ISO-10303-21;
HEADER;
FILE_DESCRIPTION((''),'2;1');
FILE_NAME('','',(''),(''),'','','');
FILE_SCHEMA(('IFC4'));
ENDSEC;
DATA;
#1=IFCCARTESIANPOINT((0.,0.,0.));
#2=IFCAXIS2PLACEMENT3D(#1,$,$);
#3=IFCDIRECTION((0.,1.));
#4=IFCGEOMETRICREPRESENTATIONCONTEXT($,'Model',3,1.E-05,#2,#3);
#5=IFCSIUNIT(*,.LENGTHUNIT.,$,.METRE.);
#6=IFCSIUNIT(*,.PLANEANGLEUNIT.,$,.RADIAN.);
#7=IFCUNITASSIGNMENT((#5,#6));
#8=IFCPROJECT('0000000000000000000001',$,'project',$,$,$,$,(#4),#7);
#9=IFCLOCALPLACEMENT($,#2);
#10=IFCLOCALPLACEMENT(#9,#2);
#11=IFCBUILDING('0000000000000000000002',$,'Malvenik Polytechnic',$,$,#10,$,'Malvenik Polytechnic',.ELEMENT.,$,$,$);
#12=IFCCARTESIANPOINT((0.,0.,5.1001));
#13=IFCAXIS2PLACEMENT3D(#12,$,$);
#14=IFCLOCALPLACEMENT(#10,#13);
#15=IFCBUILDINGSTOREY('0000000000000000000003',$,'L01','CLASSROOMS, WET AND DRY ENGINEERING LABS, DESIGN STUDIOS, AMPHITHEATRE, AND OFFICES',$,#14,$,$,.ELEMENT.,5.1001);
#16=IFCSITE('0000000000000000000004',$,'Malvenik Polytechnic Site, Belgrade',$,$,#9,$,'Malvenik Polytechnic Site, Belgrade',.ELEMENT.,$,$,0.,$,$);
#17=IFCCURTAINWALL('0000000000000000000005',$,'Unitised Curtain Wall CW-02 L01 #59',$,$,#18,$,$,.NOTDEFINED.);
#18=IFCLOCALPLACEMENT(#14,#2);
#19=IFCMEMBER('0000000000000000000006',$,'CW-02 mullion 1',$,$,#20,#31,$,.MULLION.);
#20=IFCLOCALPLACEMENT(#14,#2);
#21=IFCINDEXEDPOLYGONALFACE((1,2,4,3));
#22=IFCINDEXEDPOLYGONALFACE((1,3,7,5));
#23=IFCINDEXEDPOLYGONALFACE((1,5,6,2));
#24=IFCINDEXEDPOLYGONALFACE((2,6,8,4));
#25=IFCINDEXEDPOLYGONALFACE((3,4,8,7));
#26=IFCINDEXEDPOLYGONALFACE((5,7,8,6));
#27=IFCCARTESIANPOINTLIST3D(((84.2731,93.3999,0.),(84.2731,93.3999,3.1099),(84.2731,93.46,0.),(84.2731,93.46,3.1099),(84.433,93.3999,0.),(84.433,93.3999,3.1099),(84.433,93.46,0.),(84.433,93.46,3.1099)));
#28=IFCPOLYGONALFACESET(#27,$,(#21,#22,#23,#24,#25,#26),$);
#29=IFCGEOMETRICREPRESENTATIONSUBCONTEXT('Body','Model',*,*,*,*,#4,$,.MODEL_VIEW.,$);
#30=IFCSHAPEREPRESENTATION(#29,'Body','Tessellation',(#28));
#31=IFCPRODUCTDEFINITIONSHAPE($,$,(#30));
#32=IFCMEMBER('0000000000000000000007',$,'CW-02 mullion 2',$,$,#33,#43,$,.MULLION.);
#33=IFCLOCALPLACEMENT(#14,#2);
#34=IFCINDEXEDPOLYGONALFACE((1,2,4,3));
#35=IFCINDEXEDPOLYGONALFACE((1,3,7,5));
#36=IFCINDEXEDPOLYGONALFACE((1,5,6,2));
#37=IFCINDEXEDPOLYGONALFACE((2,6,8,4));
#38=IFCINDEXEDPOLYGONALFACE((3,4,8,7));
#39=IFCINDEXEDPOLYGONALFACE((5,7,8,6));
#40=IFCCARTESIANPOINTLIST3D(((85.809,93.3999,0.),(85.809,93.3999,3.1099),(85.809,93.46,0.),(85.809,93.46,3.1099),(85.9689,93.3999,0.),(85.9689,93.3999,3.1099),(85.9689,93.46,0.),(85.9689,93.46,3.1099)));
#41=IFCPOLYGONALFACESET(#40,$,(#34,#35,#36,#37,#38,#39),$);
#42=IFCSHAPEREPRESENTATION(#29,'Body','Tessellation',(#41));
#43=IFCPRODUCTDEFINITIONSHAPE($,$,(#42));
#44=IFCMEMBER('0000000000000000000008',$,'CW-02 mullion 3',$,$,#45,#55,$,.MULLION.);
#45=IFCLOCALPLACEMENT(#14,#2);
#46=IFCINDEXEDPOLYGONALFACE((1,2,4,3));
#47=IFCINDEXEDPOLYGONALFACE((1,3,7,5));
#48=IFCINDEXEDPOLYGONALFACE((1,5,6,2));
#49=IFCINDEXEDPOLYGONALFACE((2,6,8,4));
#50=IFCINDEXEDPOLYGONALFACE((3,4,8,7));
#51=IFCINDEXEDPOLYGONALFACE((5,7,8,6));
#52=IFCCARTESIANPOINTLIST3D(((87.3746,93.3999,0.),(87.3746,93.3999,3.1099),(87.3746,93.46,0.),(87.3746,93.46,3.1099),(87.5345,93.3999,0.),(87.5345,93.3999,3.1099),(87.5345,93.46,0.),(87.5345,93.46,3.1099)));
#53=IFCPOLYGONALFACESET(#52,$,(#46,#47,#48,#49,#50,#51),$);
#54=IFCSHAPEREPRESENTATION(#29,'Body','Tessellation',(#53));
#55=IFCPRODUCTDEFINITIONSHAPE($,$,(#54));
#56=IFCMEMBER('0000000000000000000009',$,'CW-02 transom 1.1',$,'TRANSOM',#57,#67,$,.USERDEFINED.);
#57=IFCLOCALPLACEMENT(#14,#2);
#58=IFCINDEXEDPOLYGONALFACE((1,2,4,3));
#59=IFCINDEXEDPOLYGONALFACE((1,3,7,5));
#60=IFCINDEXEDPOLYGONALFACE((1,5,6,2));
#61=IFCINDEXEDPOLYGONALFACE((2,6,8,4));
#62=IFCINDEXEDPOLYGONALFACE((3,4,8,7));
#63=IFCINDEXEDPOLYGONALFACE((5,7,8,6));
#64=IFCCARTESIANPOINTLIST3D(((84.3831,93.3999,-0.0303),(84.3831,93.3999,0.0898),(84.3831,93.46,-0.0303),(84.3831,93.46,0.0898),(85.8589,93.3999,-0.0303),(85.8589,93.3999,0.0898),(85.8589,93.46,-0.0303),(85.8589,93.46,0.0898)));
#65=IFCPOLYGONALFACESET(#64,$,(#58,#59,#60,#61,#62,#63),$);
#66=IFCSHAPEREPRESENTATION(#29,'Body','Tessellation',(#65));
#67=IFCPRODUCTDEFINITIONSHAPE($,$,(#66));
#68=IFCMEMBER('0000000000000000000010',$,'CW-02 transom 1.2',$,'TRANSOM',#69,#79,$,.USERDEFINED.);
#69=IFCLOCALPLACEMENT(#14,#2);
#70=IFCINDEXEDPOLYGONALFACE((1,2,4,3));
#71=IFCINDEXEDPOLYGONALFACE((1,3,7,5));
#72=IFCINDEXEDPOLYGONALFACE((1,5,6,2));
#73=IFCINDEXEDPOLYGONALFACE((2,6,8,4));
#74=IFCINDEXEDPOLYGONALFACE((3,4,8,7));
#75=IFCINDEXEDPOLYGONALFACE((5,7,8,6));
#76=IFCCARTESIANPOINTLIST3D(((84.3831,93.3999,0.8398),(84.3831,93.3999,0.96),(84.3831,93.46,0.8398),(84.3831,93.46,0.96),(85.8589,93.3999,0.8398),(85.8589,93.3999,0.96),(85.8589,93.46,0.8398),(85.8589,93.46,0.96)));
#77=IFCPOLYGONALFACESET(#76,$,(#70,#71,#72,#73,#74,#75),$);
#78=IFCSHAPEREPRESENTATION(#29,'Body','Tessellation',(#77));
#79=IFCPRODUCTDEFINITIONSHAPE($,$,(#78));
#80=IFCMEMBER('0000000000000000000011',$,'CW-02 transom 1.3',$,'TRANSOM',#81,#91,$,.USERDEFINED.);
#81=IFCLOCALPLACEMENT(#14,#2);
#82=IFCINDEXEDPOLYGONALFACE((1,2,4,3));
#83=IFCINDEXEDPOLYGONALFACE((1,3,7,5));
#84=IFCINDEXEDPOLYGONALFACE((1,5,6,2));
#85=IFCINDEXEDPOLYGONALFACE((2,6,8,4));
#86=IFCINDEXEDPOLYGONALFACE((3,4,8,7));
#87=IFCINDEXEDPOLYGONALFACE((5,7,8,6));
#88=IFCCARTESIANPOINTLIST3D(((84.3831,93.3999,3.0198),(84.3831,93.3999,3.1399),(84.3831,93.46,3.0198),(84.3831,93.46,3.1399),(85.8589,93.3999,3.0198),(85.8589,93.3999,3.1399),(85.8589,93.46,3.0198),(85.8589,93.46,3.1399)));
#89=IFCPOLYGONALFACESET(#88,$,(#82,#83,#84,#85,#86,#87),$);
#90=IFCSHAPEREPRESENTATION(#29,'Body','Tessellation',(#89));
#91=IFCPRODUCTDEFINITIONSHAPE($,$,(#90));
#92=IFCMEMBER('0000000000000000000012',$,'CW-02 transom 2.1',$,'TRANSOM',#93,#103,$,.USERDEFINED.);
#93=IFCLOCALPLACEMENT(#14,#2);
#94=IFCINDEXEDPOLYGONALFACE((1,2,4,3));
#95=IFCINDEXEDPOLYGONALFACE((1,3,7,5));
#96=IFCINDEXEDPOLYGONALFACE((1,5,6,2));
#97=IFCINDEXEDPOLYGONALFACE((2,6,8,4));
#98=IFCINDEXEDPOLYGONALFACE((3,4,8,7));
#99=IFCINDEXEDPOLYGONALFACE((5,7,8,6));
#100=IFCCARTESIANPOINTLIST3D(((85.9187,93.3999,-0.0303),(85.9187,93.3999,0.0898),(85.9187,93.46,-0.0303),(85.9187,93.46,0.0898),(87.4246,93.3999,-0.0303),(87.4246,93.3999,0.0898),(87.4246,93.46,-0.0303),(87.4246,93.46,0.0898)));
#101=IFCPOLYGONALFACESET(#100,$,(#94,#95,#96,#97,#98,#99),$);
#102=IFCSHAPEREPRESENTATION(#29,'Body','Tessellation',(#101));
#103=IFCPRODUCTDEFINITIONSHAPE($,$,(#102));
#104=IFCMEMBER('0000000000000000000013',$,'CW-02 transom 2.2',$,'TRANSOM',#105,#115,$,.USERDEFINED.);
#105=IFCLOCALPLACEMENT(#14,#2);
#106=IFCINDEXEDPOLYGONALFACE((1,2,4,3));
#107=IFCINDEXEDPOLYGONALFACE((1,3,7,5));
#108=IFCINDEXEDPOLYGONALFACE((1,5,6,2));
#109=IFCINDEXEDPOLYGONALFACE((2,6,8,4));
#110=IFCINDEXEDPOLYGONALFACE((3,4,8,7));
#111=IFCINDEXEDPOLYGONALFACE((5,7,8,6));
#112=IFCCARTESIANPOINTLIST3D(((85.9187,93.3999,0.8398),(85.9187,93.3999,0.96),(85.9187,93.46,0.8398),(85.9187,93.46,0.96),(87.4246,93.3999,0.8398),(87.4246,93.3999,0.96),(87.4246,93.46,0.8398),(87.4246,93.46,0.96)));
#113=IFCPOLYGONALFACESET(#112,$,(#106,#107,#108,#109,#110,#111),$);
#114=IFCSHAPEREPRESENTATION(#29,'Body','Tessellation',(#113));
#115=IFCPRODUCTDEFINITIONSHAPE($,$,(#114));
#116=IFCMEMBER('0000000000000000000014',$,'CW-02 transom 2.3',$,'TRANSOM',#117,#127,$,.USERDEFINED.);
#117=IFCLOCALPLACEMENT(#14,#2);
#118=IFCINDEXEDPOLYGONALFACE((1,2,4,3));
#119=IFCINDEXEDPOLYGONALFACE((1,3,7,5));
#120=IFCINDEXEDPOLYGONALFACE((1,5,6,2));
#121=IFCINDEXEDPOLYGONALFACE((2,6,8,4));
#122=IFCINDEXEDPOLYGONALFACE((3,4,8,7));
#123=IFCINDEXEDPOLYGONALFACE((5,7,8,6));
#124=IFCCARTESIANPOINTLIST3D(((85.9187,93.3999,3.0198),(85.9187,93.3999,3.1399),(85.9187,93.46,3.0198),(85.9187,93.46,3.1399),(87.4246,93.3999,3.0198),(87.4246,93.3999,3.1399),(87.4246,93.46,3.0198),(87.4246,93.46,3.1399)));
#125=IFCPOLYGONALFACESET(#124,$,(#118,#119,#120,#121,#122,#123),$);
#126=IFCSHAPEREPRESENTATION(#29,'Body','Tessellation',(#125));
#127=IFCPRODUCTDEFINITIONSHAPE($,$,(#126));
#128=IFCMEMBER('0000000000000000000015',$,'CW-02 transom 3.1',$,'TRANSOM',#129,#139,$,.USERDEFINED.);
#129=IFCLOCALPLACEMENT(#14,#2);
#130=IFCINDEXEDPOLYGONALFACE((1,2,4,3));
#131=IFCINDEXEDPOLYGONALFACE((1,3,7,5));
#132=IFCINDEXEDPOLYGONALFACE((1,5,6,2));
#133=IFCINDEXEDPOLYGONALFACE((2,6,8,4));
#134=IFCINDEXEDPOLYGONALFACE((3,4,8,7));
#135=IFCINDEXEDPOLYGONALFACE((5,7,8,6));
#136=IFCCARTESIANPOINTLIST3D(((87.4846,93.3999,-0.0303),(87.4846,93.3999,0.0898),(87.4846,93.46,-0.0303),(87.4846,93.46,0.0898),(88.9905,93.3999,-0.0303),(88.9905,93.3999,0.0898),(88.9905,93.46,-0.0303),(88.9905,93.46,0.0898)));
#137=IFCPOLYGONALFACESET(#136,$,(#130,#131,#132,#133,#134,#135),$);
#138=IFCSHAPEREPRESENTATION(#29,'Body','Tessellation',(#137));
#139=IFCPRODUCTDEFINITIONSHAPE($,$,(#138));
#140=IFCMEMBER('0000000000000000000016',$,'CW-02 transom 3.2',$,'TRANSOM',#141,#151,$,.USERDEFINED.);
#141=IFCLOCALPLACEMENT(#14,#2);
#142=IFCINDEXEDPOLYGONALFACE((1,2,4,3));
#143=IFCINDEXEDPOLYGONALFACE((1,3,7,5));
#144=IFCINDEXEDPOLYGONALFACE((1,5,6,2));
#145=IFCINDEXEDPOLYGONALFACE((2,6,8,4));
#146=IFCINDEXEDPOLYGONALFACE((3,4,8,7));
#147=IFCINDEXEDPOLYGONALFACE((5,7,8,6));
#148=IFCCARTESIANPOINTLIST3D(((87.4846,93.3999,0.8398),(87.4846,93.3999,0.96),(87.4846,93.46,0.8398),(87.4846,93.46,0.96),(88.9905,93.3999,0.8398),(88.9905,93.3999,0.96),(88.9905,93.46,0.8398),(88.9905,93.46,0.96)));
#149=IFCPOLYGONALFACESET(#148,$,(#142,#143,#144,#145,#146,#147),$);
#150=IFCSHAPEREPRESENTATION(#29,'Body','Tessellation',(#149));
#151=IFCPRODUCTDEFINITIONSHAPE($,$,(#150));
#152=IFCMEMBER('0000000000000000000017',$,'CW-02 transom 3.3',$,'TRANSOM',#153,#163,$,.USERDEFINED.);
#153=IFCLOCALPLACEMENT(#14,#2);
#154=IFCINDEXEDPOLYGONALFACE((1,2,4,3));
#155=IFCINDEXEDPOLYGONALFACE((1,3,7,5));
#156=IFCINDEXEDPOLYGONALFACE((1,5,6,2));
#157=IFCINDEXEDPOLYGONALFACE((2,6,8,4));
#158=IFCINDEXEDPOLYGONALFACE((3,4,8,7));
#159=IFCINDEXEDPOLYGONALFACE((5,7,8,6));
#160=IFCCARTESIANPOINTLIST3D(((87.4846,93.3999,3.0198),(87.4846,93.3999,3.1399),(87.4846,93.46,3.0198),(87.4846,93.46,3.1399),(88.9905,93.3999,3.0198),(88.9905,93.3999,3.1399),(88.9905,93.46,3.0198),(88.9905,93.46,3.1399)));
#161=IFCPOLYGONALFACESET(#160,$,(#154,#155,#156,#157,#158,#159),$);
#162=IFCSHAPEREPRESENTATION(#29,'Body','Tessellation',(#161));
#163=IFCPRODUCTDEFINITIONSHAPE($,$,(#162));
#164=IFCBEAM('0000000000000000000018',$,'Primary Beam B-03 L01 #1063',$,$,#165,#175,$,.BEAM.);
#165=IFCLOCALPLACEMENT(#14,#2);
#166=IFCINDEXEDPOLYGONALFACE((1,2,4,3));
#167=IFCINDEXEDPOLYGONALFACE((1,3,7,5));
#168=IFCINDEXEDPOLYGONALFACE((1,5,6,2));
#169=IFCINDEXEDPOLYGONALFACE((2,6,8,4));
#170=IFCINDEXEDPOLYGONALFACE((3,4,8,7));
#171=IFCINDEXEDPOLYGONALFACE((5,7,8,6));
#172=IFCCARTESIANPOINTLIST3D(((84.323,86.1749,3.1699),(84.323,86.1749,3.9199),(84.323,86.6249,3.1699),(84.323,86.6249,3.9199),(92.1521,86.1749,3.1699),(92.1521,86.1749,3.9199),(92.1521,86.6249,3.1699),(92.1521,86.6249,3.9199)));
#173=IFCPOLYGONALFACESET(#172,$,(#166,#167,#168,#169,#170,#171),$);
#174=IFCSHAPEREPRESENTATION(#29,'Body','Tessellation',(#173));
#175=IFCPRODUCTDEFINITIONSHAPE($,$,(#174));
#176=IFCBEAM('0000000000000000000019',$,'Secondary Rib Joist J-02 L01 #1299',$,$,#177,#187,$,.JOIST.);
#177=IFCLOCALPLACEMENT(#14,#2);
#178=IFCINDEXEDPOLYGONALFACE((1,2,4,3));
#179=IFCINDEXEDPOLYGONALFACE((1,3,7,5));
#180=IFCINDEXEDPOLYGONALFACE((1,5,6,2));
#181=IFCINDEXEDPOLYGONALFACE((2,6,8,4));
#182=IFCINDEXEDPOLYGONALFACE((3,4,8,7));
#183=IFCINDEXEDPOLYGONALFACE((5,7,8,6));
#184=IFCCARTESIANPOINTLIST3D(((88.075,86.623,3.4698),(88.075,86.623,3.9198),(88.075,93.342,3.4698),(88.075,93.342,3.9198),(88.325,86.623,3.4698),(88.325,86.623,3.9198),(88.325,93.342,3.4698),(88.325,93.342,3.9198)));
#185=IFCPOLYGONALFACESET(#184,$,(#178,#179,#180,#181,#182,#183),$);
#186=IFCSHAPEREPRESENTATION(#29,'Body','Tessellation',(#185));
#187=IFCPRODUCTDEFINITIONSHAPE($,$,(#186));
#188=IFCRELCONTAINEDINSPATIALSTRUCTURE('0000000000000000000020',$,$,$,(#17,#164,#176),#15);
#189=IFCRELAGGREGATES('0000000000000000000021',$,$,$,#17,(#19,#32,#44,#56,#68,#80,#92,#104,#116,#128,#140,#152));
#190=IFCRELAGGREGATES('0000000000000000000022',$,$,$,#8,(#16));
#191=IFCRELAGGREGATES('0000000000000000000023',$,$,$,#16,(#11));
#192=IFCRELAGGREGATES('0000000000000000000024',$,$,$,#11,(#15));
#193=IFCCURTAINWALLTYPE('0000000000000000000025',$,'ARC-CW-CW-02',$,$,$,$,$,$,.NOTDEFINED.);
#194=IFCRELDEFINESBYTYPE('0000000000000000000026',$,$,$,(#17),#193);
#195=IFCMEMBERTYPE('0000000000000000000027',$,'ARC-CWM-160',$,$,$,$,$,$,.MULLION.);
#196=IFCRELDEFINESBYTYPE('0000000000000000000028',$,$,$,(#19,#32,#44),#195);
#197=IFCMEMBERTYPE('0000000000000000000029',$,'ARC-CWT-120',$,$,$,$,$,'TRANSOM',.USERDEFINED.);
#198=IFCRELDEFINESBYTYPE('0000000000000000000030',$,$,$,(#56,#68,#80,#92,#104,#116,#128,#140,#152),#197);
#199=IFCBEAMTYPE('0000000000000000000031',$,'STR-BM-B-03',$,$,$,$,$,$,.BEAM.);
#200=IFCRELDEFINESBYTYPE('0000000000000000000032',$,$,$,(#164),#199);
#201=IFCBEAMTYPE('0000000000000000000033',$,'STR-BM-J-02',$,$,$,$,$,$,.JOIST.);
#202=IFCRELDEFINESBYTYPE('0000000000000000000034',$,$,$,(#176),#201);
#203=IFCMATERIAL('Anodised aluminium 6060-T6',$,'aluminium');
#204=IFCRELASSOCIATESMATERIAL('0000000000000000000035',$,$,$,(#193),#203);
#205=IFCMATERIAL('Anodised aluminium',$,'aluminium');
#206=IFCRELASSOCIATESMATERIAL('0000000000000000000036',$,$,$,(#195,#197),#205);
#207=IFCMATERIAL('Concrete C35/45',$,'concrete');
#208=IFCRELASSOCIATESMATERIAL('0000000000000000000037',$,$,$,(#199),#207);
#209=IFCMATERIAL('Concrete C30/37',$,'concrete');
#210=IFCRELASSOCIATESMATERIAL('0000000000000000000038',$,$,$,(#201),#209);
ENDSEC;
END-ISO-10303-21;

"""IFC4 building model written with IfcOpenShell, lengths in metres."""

from ifc_helpers import new_model, si_unit, direction, frame, origin, origin_2d, place, context, subcontext, project, spatial, rectangle, extrude, material, material_profile, profile_set, type_object, element, aggregate, save


model = new_model("IFC4")

# Units and contexts
model_context = context("Model", 3, precision=1e-05, world=origin(), true_north=direction((0.0, 1.0)))
body_context = subcontext(model_context, "Body", "Model", "MODEL_VIEW")
ifc_project = project(units=[si_unit("LENGTHUNIT", "METRE"), si_unit("PLANEANGLEUNIT", "RADIAN")], contexts=[model_context])

# Site, building, storey
site_placement = place(None, origin())
site = spatial("IfcSite", under=ifc_project, at=site_placement, Name="Malvenik Polytechnic Site, Belgrade", LongName="Malvenik Polytechnic Site, Belgrade", CompositionType="ELEMENT", RefElevation=0.0)
building_placement = place(site_placement, origin())
building = spatial("IfcBuilding", under=site, at=building_placement, Name="Malvenik Polytechnic", LongName="Malvenik Polytechnic", CompositionType="ELEMENT")
storey_placement = place(building_placement, frame((0.0, 0.0, 5.1001)))
storey = spatial("IfcBuildingStorey", under=building, at=storey_placement, Name="L01", Description="CLASSROOMS, WET AND DRY ENGINEERING LABS, DESIGN STUDIOS, AMPHITHEATRE, AND OFFICES", CompositionType="ELEMENT", Elevation=5.1001)

# Curtain wall, members
ifc_material_1 = material(Name="Anodised aluminium 6060-T6", Category="aluminium")
curtain_wall_type = type_object("IfcCurtainWallType", Name="ARC-CW-CW-02", PredefinedType="NOTDEFINED", material=ifc_material_1)
curtain_wall_placement = place(storey_placement, origin())
curtain_wall = element("IfcCurtainWall", 1, at=curtain_wall_placement, inside=storey, type_object=curtain_wall_type, Name="Unitised Curtain Wall CW-02 L01 #59", PredefinedType="NOTDEFINED")
ifc_material_2 = material(Name="Anodised aluminium", Category="aluminium")
ifc_material_profile_1 = material_profile(ifc_material_2, rectangle(XDim=0.0601, YDim=0.1599, at=origin_2d()), Name="ALU MULLION 60x160")
ifc_profile_set_1 = profile_set([ifc_material_profile_1], Name="Anodised aluminium")
member_type_1 = type_object("IfcMemberType", Name="ARC-CWM-160", PredefinedType="MULLION", material=ifc_profile_set_1)
member_1_placement = place(storey_placement, frame((84.353, 93.4299, 0.0), z_axis=(0.0, 0.0, 1.0), x_axis=(0.0, 1.0, 0.0)))
member_1 = element("IfcMember", 2, at=member_1_placement, type_object=member_type_1, Name="CW-02 mullion 1", PredefinedType="MULLION", context=body_context, shape_type="SweptSolid", body=[
    extrude(rectangle(XDim=0.0601, YDim=0.1599, at=origin_2d()), origin(), (0.0, 0.0, 1.0), 3.1099),
])
member_2_placement = place(storey_placement, frame((85.8889, 93.4299, 0.0), z_axis=(0.0, 0.0, 1.0), x_axis=(0.0, 1.0, 0.0)))
member_2 = element("IfcMember", 3, at=member_2_placement, type_object=member_type_1, Name="CW-02 mullion 2", PredefinedType="MULLION", context=body_context, shape_type="SweptSolid", body=[
    extrude(rectangle(XDim=0.0601, YDim=0.1599, at=origin_2d()), origin(), (0.0, 0.0, 1.0), 3.1099),
])
member_3_placement = place(storey_placement, frame((87.4546, 93.4299, 0.0), z_axis=(0.0, 0.0, 1.0), x_axis=(0.0, 1.0, 0.0)))
member_3 = element("IfcMember", 4, at=member_3_placement, type_object=member_type_1, Name="CW-02 mullion 3", PredefinedType="MULLION", context=body_context, shape_type="SweptSolid", body=[
    extrude(rectangle(XDim=0.0601, YDim=0.1599, at=origin_2d()), origin(), (0.0, 0.0, 1.0), 3.1099),
])
ifc_material_profile_2 = material_profile(ifc_material_2, rectangle(XDim=0.0601, YDim=0.1201, at=origin_2d()), Name="ALU TRANSOM 60x120")
ifc_profile_set_2 = profile_set([ifc_material_profile_2], Name="Anodised aluminium")
member_type_2 = type_object("IfcMemberType", Name="ARC-CWT-120", ElementType="TRANSOM", PredefinedType="USERDEFINED", material=ifc_profile_set_2)
member_4_placement = place(storey_placement, frame((84.3831, 93.4299, 0.0298), z_axis=(1.0, 0.0, 0.0), x_axis=(0.0, 1.0, 0.0)))
member_4 = element("IfcMember", 5, at=member_4_placement, type_object=member_type_2, Name="CW-02 transom 1.1", ObjectType="TRANSOM", PredefinedType="USERDEFINED", context=body_context, shape_type="SweptSolid", body=[
    extrude(rectangle(XDim=0.0601, YDim=0.1201, at=origin_2d()), origin(), (0.0, 0.0, 1.0), 1.4758),
])
member_5_placement = place(storey_placement, frame((84.3831, 93.4299, 0.8999), z_axis=(1.0, 0.0, 0.0), x_axis=(0.0, 1.0, 0.0)))
member_5 = element("IfcMember", 6, at=member_5_placement, type_object=member_type_2, Name="CW-02 transom 1.2", ObjectType="TRANSOM", PredefinedType="USERDEFINED", context=body_context, shape_type="SweptSolid", body=[
    extrude(rectangle(XDim=0.0601, YDim=0.1201, at=origin_2d()), origin(), (0.0, 0.0, 1.0), 1.4758),
])
member_6_placement = place(storey_placement, frame((84.3831, 93.4299, 3.0798), z_axis=(1.0, 0.0, 0.0), x_axis=(0.0, 1.0, 0.0)))
member_6 = element("IfcMember", 7, at=member_6_placement, type_object=member_type_2, Name="CW-02 transom 1.3", ObjectType="TRANSOM", PredefinedType="USERDEFINED", context=body_context, shape_type="SweptSolid", body=[
    extrude(rectangle(XDim=0.0601, YDim=0.1201, at=origin_2d()), origin(), (0.0, 0.0, 1.0), 1.4758),
])
member_7_placement = place(storey_placement, frame((85.9187, 93.4299, 0.0298), z_axis=(1.0, 0.0, 0.0), x_axis=(0.0, 1.0, 0.0)))
member_7 = element("IfcMember", 8, at=member_7_placement, type_object=member_type_2, Name="CW-02 transom 2.1", ObjectType="TRANSOM", PredefinedType="USERDEFINED", context=body_context, shape_type="SweptSolid", body=[
    extrude(rectangle(XDim=0.0601, YDim=0.1201, at=origin_2d()), origin(), (0.0, 0.0, 1.0), 1.5059),
])
member_8_placement = place(storey_placement, frame((85.9187, 93.4299, 0.8999), z_axis=(1.0, 0.0, 0.0), x_axis=(0.0, 1.0, 0.0)))
member_8 = element("IfcMember", 9, at=member_8_placement, type_object=member_type_2, Name="CW-02 transom 2.2", ObjectType="TRANSOM", PredefinedType="USERDEFINED", context=body_context, shape_type="SweptSolid", body=[
    extrude(rectangle(XDim=0.0601, YDim=0.1201, at=origin_2d()), origin(), (0.0, 0.0, 1.0), 1.5059),
])
member_9_placement = place(storey_placement, frame((85.9187, 93.4299, 3.0798), z_axis=(1.0, 0.0, 0.0), x_axis=(0.0, 1.0, 0.0)))
member_9 = element("IfcMember", 10, at=member_9_placement, type_object=member_type_2, Name="CW-02 transom 2.3", ObjectType="TRANSOM", PredefinedType="USERDEFINED", context=body_context, shape_type="SweptSolid", body=[
    extrude(rectangle(XDim=0.0601, YDim=0.1201, at=origin_2d()), origin(), (0.0, 0.0, 1.0), 1.5059),
])
member_10_placement = place(storey_placement, frame((87.4846, 93.4299, 0.0298), z_axis=(1.0, 0.0, 0.0), x_axis=(0.0, 1.0, 0.0)))
member_10 = element("IfcMember", 11, at=member_10_placement, type_object=member_type_2, Name="CW-02 transom 3.1", ObjectType="TRANSOM", PredefinedType="USERDEFINED", context=body_context, shape_type="SweptSolid", body=[
    extrude(rectangle(XDim=0.0601, YDim=0.1201, at=origin_2d()), origin(), (0.0, 0.0, 1.0), 1.5059),
])
member_11_placement = place(storey_placement, frame((87.4846, 93.4299, 0.8999), z_axis=(1.0, 0.0, 0.0), x_axis=(0.0, 1.0, 0.0)))
member_11 = element("IfcMember", 12, at=member_11_placement, type_object=member_type_2, Name="CW-02 transom 3.2", ObjectType="TRANSOM", PredefinedType="USERDEFINED", context=body_context, shape_type="SweptSolid", body=[
    extrude(rectangle(XDim=0.0601, YDim=0.1201, at=origin_2d()), origin(), (0.0, 0.0, 1.0), 1.5059),
])
member_12_placement = place(storey_placement, frame((87.4846, 93.4299, 3.0798), z_axis=(1.0, 0.0, 0.0), x_axis=(0.0, 1.0, 0.0)))
member_12 = element("IfcMember", 13, at=member_12_placement, type_object=member_type_2, Name="CW-02 transom 3.3", ObjectType="TRANSOM", PredefinedType="USERDEFINED", context=body_context, shape_type="SweptSolid", body=[
    extrude(rectangle(XDim=0.0601, YDim=0.1201, at=origin_2d()), origin(), (0.0, 0.0, 1.0), 1.5059),
])

# Beams
ifc_material_3 = material(Name="Concrete C35/45", Category="concrete")
ifc_material_profile_3 = material_profile(ifc_material_3, rectangle(XDim=0.45, YDim=0.75, at=origin_2d()), Name="RC BM 450x750")
ifc_profile_set_3 = profile_set([ifc_material_profile_3], Name="Concrete C35/45")
beam_type_1 = type_object("IfcBeamType", Name="STR-BM-B-03", PredefinedType="BEAM", material=ifc_profile_set_3)
beam_1_placement = place(storey_placement, frame((84.323, 86.3999, 3.5449), z_axis=(1.0, 0.0, 0.0), x_axis=(0.0, 1.0, 0.0)))
element("IfcBeam", 14, at=beam_1_placement, inside=storey, type_object=beam_type_1, Name="Primary Beam B-03 L01 #1063", PredefinedType="BEAM", context=body_context, shape_type="SweptSolid", body=[
    extrude(rectangle(XDim=0.45, YDim=0.75, at=origin_2d()), origin(), (0.0, 0.0, 1.0), 7.8291),
])
ifc_material_4 = material(Name="Concrete C30/37", Category="concrete")
ifc_material_profile_4 = material_profile(ifc_material_4, rectangle(XDim=0.25, YDim=0.45, at=origin_2d()), Name="RC JST 250x450")
ifc_profile_set_4 = profile_set([ifc_material_profile_4], Name="Concrete C30/37")
beam_type_2 = type_object("IfcBeamType", Name="STR-BM-J-02", PredefinedType="JOIST", material=ifc_profile_set_4)
beam_2_placement = place(storey_placement, frame((88.2, 86.623, 3.6948), z_axis=(0.0, 1.0, 0.0), x_axis=(-1.0, 0.0, 0.0)))
element("IfcBeam", 15, at=beam_2_placement, inside=storey, type_object=beam_type_2, Name="Secondary Rib Joist J-02 L01 #1299", PredefinedType="JOIST", context=body_context, shape_type="SweptSolid", body=[
    extrude(rectangle(XDim=0.25, YDim=0.45, at=origin_2d()), origin(), (0.0, 0.0, 1.0), 6.719),
])

aggregate(curtain_wall, [member_1, member_2, member_3, member_4, member_5, member_6, member_7, member_8, member_9, member_10, member_11, member_12])

save(model, "model.ifc")
